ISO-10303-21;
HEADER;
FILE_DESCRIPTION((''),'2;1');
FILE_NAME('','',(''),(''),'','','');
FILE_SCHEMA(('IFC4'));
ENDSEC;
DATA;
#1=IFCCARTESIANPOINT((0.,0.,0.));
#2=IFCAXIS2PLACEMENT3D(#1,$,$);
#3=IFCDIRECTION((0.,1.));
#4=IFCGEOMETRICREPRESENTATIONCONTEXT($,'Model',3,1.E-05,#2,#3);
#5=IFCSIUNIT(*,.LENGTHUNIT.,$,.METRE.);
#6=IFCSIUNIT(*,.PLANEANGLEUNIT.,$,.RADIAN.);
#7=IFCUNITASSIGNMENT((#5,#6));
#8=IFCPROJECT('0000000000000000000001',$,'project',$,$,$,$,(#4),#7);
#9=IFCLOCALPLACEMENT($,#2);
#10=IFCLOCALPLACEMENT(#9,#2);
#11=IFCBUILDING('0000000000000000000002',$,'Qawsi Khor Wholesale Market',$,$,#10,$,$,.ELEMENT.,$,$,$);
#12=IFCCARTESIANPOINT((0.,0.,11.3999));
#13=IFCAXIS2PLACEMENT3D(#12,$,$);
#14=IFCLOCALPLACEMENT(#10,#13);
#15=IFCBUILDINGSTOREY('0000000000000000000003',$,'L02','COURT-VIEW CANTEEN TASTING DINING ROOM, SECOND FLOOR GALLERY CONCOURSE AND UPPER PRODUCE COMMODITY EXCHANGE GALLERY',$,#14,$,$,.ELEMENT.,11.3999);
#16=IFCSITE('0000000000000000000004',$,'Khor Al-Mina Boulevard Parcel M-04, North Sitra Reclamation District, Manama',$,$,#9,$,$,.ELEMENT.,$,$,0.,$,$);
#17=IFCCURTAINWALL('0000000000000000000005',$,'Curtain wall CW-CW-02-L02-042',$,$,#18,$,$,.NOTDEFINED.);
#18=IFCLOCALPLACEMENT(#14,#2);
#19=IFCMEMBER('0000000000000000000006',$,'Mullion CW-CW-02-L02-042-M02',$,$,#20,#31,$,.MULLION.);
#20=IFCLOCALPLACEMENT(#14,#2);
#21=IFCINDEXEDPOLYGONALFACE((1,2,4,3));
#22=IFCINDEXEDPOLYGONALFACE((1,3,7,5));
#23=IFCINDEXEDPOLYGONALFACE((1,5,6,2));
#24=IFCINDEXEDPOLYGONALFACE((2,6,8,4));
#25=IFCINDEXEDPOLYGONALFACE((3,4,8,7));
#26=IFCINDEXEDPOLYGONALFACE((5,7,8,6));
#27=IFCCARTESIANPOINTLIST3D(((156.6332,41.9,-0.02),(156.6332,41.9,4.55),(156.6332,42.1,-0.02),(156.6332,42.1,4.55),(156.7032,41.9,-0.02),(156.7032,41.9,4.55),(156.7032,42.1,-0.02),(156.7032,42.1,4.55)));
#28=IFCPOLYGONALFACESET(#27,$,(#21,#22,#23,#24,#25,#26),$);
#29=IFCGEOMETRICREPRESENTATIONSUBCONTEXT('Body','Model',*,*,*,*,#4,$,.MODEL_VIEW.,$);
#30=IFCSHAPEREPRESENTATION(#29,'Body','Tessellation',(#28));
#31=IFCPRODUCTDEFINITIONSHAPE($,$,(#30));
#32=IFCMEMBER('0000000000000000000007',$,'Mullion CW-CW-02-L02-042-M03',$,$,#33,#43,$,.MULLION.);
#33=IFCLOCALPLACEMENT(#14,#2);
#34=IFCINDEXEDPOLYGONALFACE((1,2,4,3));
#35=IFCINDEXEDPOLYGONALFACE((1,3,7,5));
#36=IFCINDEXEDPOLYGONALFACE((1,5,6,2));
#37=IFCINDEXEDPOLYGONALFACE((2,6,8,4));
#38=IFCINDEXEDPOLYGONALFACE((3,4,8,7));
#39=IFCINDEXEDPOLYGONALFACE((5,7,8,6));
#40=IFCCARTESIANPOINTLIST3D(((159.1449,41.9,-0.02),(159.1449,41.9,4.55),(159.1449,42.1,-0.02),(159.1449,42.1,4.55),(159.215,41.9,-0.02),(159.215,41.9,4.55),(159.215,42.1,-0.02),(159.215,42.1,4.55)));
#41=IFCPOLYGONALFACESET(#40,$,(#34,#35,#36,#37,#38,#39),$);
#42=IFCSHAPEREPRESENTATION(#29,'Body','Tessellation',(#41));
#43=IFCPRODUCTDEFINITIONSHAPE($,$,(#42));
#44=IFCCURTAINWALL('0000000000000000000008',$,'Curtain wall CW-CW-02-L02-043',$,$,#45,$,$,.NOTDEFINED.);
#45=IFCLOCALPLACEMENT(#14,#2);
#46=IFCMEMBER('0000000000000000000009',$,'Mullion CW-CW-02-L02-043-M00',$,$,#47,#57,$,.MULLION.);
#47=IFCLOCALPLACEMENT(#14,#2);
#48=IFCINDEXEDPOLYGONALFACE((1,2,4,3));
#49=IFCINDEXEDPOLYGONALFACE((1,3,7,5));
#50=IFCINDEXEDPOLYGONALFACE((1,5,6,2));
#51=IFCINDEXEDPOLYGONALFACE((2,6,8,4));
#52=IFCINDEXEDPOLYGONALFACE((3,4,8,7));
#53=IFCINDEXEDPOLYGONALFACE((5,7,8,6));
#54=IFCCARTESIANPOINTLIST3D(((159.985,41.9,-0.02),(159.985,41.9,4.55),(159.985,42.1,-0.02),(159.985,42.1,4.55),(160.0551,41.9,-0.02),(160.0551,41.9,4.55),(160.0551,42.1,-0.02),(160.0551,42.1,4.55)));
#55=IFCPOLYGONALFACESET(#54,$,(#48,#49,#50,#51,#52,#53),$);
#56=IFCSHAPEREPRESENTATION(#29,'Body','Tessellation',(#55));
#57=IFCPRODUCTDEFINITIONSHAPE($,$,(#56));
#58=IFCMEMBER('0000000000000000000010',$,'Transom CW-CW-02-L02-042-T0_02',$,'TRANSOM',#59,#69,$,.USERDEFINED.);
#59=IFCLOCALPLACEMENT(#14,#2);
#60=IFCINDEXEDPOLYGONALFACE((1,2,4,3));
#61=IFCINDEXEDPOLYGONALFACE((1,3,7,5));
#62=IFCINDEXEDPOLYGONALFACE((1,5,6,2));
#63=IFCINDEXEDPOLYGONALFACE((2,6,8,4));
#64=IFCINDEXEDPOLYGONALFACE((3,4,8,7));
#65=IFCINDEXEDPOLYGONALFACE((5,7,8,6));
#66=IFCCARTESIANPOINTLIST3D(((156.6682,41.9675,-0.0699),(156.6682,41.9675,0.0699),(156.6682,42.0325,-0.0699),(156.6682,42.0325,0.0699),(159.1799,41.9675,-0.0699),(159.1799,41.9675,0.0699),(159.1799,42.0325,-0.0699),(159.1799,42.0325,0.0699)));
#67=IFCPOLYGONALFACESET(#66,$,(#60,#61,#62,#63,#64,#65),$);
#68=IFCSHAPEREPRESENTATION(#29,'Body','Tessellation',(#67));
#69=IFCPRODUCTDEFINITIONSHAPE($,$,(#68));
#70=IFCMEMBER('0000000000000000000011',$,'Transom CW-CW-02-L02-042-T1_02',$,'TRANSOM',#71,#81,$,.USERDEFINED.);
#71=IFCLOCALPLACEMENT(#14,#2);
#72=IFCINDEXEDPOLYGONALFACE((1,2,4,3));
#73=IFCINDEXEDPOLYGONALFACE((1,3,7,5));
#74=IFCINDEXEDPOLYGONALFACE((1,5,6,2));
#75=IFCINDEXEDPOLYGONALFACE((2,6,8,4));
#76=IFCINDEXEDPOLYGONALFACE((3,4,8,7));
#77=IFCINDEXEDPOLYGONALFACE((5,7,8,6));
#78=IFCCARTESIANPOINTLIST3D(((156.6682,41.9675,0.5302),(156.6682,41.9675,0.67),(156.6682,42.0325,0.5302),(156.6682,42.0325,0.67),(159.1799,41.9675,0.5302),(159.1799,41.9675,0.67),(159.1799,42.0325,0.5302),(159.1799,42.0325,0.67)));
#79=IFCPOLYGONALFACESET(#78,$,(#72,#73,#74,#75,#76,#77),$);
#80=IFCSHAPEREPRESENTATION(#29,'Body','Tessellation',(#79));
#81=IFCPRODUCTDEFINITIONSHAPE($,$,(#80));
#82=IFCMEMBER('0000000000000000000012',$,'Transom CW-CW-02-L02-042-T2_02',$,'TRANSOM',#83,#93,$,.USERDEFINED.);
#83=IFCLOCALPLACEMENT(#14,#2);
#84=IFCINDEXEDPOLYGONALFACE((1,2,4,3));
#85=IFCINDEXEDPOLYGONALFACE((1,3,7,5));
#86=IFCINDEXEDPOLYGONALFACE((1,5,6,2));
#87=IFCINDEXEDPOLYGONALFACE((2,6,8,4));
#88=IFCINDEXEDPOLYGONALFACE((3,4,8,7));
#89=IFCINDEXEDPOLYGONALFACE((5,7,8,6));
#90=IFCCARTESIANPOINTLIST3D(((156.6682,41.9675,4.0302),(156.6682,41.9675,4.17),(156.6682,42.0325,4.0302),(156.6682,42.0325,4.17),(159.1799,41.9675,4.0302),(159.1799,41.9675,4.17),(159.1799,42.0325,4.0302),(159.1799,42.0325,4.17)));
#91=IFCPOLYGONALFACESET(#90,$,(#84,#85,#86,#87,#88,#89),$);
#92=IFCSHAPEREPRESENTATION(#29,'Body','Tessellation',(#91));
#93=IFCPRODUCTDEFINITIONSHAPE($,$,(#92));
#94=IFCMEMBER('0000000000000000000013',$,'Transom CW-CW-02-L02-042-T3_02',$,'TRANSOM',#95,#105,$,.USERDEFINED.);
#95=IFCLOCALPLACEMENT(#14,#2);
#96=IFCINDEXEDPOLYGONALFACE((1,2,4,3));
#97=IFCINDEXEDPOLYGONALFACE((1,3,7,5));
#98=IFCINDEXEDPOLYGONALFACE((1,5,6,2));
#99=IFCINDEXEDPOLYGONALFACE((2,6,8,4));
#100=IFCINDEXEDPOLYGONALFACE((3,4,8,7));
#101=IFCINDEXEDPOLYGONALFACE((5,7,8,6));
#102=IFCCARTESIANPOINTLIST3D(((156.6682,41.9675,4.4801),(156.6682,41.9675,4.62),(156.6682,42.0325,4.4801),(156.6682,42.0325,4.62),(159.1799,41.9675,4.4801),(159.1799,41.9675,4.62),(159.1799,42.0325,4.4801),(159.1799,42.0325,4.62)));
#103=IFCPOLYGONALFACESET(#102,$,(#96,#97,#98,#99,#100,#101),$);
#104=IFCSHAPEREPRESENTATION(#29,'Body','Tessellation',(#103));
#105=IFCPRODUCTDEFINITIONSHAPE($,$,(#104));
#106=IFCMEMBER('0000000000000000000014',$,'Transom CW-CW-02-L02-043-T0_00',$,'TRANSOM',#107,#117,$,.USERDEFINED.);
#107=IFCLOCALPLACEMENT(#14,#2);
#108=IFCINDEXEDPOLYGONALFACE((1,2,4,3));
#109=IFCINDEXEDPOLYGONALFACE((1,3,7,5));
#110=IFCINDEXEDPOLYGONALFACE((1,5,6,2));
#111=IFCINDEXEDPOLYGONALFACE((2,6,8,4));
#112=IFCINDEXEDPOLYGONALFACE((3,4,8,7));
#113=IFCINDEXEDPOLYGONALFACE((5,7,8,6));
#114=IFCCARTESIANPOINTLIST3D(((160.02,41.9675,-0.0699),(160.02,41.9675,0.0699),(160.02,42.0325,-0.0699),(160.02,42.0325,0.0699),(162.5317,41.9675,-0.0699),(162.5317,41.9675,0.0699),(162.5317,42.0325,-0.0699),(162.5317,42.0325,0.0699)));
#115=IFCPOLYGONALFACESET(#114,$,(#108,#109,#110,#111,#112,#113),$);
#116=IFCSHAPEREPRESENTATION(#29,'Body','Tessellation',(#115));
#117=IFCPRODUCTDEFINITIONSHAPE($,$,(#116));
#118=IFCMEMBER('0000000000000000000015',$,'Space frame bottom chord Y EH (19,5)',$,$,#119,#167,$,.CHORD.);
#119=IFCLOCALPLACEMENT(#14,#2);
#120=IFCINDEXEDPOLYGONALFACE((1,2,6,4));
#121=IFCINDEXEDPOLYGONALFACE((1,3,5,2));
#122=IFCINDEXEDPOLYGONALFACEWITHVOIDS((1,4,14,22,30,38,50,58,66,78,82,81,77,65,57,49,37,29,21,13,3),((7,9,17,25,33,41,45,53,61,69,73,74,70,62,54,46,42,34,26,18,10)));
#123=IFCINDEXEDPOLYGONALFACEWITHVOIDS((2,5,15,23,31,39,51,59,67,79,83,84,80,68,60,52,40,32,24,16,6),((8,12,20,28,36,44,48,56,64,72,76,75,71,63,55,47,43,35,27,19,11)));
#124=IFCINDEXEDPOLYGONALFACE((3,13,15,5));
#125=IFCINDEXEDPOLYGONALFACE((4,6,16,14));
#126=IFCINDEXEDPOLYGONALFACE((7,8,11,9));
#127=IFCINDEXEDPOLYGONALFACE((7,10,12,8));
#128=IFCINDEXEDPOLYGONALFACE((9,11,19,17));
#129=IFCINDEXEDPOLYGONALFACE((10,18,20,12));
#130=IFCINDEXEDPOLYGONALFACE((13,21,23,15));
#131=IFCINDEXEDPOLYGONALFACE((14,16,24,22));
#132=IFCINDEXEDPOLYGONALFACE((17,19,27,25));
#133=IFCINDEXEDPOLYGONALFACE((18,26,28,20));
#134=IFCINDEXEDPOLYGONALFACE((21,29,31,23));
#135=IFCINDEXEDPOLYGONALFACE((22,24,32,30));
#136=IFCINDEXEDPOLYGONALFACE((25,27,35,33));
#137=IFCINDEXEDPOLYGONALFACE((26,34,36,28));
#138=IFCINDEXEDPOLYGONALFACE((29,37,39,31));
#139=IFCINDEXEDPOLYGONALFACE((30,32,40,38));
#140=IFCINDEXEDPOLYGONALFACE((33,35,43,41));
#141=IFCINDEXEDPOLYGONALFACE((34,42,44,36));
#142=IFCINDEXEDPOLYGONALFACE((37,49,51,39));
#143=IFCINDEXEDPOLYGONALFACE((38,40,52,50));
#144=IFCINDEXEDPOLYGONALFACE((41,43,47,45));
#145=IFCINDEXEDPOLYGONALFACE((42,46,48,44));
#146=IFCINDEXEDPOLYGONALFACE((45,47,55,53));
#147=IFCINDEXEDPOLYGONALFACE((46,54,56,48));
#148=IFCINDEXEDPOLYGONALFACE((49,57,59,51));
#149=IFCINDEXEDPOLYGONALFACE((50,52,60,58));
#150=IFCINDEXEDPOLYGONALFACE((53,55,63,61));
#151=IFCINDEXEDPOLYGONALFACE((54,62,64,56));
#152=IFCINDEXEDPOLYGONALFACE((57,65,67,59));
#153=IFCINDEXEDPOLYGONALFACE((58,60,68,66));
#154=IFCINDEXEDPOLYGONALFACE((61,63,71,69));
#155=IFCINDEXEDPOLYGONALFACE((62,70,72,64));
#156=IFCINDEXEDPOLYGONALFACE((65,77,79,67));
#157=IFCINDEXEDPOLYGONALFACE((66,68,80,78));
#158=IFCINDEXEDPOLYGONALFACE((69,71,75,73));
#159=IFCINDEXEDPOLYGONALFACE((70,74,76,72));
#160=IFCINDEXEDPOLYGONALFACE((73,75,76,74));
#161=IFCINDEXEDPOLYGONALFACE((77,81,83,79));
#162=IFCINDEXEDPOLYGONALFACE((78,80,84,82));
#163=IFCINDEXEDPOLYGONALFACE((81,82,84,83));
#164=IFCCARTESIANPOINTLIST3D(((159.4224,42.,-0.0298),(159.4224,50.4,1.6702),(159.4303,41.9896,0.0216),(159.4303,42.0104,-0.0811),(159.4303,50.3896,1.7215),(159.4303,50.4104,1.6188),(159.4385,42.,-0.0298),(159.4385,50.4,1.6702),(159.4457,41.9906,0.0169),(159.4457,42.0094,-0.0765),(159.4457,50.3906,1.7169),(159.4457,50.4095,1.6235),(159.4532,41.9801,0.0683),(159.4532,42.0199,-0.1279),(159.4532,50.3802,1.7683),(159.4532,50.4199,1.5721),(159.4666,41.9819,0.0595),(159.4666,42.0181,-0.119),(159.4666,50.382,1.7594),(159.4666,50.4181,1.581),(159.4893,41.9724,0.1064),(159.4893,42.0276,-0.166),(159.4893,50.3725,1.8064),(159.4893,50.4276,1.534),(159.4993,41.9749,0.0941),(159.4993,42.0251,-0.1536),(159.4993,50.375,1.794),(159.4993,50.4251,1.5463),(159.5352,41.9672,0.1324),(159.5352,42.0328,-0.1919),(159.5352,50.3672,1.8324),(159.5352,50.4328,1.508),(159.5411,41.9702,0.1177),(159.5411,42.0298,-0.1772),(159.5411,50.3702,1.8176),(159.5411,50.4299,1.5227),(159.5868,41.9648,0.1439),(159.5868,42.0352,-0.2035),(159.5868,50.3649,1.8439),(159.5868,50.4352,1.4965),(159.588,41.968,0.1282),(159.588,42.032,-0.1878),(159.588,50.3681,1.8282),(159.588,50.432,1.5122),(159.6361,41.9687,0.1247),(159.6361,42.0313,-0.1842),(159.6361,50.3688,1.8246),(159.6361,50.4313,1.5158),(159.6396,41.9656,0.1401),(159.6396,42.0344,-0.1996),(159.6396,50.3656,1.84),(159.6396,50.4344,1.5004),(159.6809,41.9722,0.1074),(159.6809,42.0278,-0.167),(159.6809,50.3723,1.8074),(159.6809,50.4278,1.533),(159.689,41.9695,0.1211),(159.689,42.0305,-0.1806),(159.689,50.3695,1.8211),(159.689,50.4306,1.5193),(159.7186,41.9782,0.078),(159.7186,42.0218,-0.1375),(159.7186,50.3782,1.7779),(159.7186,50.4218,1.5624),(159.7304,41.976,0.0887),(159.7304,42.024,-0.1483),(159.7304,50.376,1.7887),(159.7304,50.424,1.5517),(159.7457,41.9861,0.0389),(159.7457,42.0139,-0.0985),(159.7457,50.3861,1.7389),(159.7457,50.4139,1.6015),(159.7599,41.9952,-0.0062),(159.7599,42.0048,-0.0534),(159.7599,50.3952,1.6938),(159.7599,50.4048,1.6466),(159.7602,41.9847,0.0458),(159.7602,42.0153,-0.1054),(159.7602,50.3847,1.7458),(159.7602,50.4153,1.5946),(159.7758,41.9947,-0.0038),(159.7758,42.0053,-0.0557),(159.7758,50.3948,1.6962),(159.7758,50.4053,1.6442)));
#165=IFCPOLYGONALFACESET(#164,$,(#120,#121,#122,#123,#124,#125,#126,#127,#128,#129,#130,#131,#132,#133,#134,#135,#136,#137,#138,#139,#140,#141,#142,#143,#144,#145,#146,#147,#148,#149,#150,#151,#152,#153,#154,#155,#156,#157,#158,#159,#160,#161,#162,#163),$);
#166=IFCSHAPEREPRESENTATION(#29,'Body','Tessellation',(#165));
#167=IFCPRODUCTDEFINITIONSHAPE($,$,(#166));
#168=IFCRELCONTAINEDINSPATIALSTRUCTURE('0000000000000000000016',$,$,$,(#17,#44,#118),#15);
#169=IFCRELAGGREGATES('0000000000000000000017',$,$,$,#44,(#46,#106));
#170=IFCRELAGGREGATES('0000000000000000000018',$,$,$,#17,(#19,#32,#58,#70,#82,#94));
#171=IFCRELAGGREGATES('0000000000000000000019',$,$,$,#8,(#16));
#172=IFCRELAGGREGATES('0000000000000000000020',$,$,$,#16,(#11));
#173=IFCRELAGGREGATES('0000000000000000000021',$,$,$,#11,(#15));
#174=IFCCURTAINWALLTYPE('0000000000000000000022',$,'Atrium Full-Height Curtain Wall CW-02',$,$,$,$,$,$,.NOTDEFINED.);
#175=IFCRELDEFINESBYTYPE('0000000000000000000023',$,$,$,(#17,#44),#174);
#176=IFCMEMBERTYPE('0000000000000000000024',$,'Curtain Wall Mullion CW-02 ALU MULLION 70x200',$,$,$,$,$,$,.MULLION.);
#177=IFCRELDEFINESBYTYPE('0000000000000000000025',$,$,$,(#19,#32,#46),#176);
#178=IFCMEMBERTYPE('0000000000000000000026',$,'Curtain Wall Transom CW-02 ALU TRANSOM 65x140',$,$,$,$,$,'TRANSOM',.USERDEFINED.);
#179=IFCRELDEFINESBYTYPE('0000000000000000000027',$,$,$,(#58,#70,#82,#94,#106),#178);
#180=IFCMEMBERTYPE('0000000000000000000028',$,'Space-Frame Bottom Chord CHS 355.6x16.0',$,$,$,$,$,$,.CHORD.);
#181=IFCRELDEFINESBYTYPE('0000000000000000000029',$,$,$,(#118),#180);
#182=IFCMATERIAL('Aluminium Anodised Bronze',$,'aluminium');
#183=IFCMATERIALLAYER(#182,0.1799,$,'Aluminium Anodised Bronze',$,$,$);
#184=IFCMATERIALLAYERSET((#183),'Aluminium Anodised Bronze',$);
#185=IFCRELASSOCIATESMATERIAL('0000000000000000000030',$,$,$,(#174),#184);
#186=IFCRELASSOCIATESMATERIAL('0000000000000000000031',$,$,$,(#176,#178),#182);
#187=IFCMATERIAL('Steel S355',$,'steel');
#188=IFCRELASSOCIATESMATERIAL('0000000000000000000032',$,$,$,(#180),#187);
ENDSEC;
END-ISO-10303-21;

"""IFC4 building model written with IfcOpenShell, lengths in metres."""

from ifc_helpers import new_model, si_unit, direction, frame, origin, origin_2d, place, context, subcontext, project, spatial, rectangle, hollow_circle, extrude, material, layer, layer_set, material_profile, profile_set, type_object, element, aggregate, save


model = new_model("IFC4")

# Units and contexts
model_context = context("Model", 3, precision=1e-05, world=origin(), true_north=direction((0.0, 1.0)))
body_context = subcontext(model_context, "Body", "Model", "MODEL_VIEW")
ifc_project = project(units=[si_unit("LENGTHUNIT", "METRE"), si_unit("PLANEANGLEUNIT", "RADIAN")], contexts=[model_context])

# Site, building, storey
site_placement = place(None, origin())
site = spatial("IfcSite", under=ifc_project, at=site_placement, Name="Khor Al-Mina Boulevard Parcel M-04, North Sitra Reclamation District, Manama", CompositionType="ELEMENT", RefElevation=0.0)
building_placement = place(site_placement, origin())
building = spatial("IfcBuilding", under=site, at=building_placement, Name="Qawsi Khor Wholesale Market", CompositionType="ELEMENT")
storey_placement = place(building_placement, frame((0.0, 0.0, 11.3999)))
storey = spatial("IfcBuildingStorey", under=building, at=storey_placement, Name="L02", Description="COURT-VIEW CANTEEN TASTING DINING ROOM, SECOND FLOOR GALLERY CONCOURSE AND UPPER PRODUCE COMMODITY EXCHANGE GALLERY", CompositionType="ELEMENT", Elevation=11.3999)

# Curtain wall, members
ifc_material_1 = material(Name="Aluminium Anodised Bronze", Category="aluminium")
ifc_layer_1 = layer(ifc_material_1, 0.1799, Name="Aluminium Anodised Bronze")
ifc_layer_set_1 = layer_set([ifc_layer_1], Name="Aluminium Anodised Bronze")
curtain_wall_type = type_object("IfcCurtainWallType", Name="Atrium Full-Height Curtain Wall CW-02", PredefinedType="NOTDEFINED", material=ifc_layer_set_1)
curtain_wall_1_placement = place(storey_placement, origin())
curtain_wall_1 = element("IfcCurtainWall", 1, at=curtain_wall_1_placement, inside=storey, type_object=curtain_wall_type, Name="Curtain wall CW-CW-02-L02-042", PredefinedType="NOTDEFINED")
ifc_material_profile_1 = material_profile(ifc_material_1, rectangle(XDim=0.0701, YDim=0.2, at=origin_2d()), Name="ALU MULLION 70x200")
ifc_profile_set_1 = profile_set([ifc_material_profile_1], Name="Aluminium Anodised Bronze")
member_type_1 = type_object("IfcMemberType", Name="Curtain Wall Mullion CW-02 ALU MULLION 70x200", PredefinedType="MULLION", material=ifc_profile_set_1)
member_1_placement = place(storey_placement, frame((156.6682, 42.0, -0.02), z_axis=(0.0, 0.0, 1.0), x_axis=(1.0, 0.0, 0.0)))
member_1 = element("IfcMember", 2, at=member_1_placement, type_object=member_type_1, Name="Mullion CW-CW-02-L02-042-M02", PredefinedType="MULLION", context=body_context, shape_type="SweptSolid", body=[
    extrude(rectangle(XDim=0.0701, YDim=0.2, at=origin_2d()), origin(), (0.0, 0.0, 1.0), 4.5701),
])
member_2_placement = place(storey_placement, frame((159.1799, 42.0, -0.02), z_axis=(0.0, 0.0, 1.0), x_axis=(1.0, 0.0, 0.0)))
member_2 = element("IfcMember", 3, at=member_2_placement, type_object=member_type_1, Name="Mullion CW-CW-02-L02-042-M03", PredefinedType="MULLION", context=body_context, shape_type="SweptSolid", body=[
    extrude(rectangle(XDim=0.0701, YDim=0.2, at=origin_2d()), origin(), (0.0, 0.0, 1.0), 4.5701),
])

# Curtain wall, member
curtain_wall_2_placement = place(storey_placement, origin())
curtain_wall_2 = element("IfcCurtainWall", 4, at=curtain_wall_2_placement, inside=storey, type_object=curtain_wall_type, Name="Curtain wall CW-CW-02-L02-043", PredefinedType="NOTDEFINED")
member_3_placement = place(storey_placement, frame((160.02, 42.0, -0.02), z_axis=(0.0, 0.0, 1.0), x_axis=(1.0, 0.0, 0.0)))
member_3 = element("IfcMember", 5, at=member_3_placement, type_object=member_type_1, Name="Mullion CW-CW-02-L02-043-M00", PredefinedType="MULLION", context=body_context, shape_type="SweptSolid", body=[
    extrude(rectangle(XDim=0.0701, YDim=0.2, at=origin_2d()), origin(), (0.0, 0.0, 1.0), 4.5701),
])

# Members
ifc_material_profile_2 = material_profile(ifc_material_1, rectangle(XDim=0.0649, YDim=0.1399, at=origin_2d()), Name="ALU TRANSOM 65x140")
ifc_profile_set_2 = profile_set([ifc_material_profile_2], Name="Aluminium Anodised Bronze")
member_type_2 = type_object("IfcMemberType", Name="Curtain Wall Transom CW-02 ALU TRANSOM 65x140", ElementType="TRANSOM", PredefinedType="USERDEFINED", material=ifc_profile_set_2)
member_4_placement = place(storey_placement, frame((156.6682, 42.0, 0.0), z_axis=(1.0, 0.0, 0.0), x_axis=(0.0, 1.0, 0.0)))
member_4 = element("IfcMember", 6, at=member_4_placement, type_object=member_type_2, Name="Transom CW-CW-02-L02-042-T0_02", ObjectType="TRANSOM", PredefinedType="USERDEFINED", context=body_context, shape_type="SweptSolid", body=[
    extrude(rectangle(XDim=0.0649, YDim=0.1399, at=origin_2d()), origin(), (0.0, 0.0, 1.0), 2.5117),
])
member_5_placement = place(storey_placement, frame((156.6682, 42.0, 0.6001), z_axis=(1.0, 0.0, 0.0), x_axis=(0.0, 1.0, 0.0)))
member_5 = element("IfcMember", 7, at=member_5_placement, type_object=member_type_2, Name="Transom CW-CW-02-L02-042-T1_02", ObjectType="TRANSOM", PredefinedType="USERDEFINED", context=body_context, shape_type="SweptSolid", body=[
    extrude(rectangle(XDim=0.0649, YDim=0.1399, at=origin_2d()), origin(), (0.0, 0.0, 1.0), 2.5117),
])
member_6_placement = place(storey_placement, frame((156.6682, 42.0, 4.1001), z_axis=(1.0, 0.0, 0.0), x_axis=(0.0, 1.0, 0.0)))
member_6 = element("IfcMember", 8, at=member_6_placement, type_object=member_type_2, Name="Transom CW-CW-02-L02-042-T2_02", ObjectType="TRANSOM", PredefinedType="USERDEFINED", context=body_context, shape_type="SweptSolid", body=[
    extrude(rectangle(XDim=0.0649, YDim=0.1399, at=origin_2d()), origin(), (0.0, 0.0, 1.0), 2.5117),
])
member_7_placement = place(storey_placement, frame((156.6682, 42.0, 4.55), z_axis=(1.0, 0.0, 0.0), x_axis=(0.0, 1.0, 0.0)))
member_7 = element("IfcMember", 9, at=member_7_placement, type_object=member_type_2, Name="Transom CW-CW-02-L02-042-T3_02", ObjectType="TRANSOM", PredefinedType="USERDEFINED", context=body_context, shape_type="SweptSolid", body=[
    extrude(rectangle(XDim=0.0649, YDim=0.1399, at=origin_2d()), origin(), (0.0, 0.0, 1.0), 2.5117),
])
member_8_placement = place(storey_placement, frame((160.02, 42.0, 0.0), z_axis=(1.0, 0.0, 0.0), x_axis=(0.0, 1.0, 0.0)))
member_8 = element("IfcMember", 10, at=member_8_placement, type_object=member_type_2, Name="Transom CW-CW-02-L02-043-T0_00", ObjectType="TRANSOM", PredefinedType="USERDEFINED", context=body_context, shape_type="SweptSolid", body=[
    extrude(rectangle(XDim=0.0649, YDim=0.1399, at=origin_2d()), origin(), (0.0, 0.0, 1.0), 2.5117),
])
aggregate(curtain_wall_2, [member_3, member_8])

# Member
ifc_material_2 = material(Name="Steel S355", Category="steel")
ifc_material_profile_3 = material_profile(ifc_material_2, hollow_circle(Radius=0.1777, WallThickness=0.0161, at=origin_2d()), Name="CHS 355.6x16.0")
ifc_profile_set_3 = profile_set([ifc_material_profile_3], Name="Steel S355")
member_type_3 = type_object("IfcMemberType", Name="Space-Frame Bottom Chord CHS 355.6x16.0", PredefinedType="CHORD", material=ifc_profile_set_3)
member_9_placement = place(storey_placement, frame((159.6001, 42.0, -0.0298), z_axis=(0.0, 0.98013, 0.198356), x_axis=(-1.0, 0.0, 0.0)))
element("IfcMember", 11, at=member_9_placement, inside=storey, type_object=member_type_3, Name="Space frame bottom chord Y EH (19,5)", PredefinedType="CHORD", context=body_context, shape_type="SweptSolid", body=[
    extrude(hollow_circle(Radius=0.1777, WallThickness=0.0161, at=origin_2d()), origin(), (0.0, 0.0, 1.0), 8.5703),
])

aggregate(curtain_wall_1, [member_1, member_2, member_4, member_5, member_6, member_7])

save(model, "model.ifc")
